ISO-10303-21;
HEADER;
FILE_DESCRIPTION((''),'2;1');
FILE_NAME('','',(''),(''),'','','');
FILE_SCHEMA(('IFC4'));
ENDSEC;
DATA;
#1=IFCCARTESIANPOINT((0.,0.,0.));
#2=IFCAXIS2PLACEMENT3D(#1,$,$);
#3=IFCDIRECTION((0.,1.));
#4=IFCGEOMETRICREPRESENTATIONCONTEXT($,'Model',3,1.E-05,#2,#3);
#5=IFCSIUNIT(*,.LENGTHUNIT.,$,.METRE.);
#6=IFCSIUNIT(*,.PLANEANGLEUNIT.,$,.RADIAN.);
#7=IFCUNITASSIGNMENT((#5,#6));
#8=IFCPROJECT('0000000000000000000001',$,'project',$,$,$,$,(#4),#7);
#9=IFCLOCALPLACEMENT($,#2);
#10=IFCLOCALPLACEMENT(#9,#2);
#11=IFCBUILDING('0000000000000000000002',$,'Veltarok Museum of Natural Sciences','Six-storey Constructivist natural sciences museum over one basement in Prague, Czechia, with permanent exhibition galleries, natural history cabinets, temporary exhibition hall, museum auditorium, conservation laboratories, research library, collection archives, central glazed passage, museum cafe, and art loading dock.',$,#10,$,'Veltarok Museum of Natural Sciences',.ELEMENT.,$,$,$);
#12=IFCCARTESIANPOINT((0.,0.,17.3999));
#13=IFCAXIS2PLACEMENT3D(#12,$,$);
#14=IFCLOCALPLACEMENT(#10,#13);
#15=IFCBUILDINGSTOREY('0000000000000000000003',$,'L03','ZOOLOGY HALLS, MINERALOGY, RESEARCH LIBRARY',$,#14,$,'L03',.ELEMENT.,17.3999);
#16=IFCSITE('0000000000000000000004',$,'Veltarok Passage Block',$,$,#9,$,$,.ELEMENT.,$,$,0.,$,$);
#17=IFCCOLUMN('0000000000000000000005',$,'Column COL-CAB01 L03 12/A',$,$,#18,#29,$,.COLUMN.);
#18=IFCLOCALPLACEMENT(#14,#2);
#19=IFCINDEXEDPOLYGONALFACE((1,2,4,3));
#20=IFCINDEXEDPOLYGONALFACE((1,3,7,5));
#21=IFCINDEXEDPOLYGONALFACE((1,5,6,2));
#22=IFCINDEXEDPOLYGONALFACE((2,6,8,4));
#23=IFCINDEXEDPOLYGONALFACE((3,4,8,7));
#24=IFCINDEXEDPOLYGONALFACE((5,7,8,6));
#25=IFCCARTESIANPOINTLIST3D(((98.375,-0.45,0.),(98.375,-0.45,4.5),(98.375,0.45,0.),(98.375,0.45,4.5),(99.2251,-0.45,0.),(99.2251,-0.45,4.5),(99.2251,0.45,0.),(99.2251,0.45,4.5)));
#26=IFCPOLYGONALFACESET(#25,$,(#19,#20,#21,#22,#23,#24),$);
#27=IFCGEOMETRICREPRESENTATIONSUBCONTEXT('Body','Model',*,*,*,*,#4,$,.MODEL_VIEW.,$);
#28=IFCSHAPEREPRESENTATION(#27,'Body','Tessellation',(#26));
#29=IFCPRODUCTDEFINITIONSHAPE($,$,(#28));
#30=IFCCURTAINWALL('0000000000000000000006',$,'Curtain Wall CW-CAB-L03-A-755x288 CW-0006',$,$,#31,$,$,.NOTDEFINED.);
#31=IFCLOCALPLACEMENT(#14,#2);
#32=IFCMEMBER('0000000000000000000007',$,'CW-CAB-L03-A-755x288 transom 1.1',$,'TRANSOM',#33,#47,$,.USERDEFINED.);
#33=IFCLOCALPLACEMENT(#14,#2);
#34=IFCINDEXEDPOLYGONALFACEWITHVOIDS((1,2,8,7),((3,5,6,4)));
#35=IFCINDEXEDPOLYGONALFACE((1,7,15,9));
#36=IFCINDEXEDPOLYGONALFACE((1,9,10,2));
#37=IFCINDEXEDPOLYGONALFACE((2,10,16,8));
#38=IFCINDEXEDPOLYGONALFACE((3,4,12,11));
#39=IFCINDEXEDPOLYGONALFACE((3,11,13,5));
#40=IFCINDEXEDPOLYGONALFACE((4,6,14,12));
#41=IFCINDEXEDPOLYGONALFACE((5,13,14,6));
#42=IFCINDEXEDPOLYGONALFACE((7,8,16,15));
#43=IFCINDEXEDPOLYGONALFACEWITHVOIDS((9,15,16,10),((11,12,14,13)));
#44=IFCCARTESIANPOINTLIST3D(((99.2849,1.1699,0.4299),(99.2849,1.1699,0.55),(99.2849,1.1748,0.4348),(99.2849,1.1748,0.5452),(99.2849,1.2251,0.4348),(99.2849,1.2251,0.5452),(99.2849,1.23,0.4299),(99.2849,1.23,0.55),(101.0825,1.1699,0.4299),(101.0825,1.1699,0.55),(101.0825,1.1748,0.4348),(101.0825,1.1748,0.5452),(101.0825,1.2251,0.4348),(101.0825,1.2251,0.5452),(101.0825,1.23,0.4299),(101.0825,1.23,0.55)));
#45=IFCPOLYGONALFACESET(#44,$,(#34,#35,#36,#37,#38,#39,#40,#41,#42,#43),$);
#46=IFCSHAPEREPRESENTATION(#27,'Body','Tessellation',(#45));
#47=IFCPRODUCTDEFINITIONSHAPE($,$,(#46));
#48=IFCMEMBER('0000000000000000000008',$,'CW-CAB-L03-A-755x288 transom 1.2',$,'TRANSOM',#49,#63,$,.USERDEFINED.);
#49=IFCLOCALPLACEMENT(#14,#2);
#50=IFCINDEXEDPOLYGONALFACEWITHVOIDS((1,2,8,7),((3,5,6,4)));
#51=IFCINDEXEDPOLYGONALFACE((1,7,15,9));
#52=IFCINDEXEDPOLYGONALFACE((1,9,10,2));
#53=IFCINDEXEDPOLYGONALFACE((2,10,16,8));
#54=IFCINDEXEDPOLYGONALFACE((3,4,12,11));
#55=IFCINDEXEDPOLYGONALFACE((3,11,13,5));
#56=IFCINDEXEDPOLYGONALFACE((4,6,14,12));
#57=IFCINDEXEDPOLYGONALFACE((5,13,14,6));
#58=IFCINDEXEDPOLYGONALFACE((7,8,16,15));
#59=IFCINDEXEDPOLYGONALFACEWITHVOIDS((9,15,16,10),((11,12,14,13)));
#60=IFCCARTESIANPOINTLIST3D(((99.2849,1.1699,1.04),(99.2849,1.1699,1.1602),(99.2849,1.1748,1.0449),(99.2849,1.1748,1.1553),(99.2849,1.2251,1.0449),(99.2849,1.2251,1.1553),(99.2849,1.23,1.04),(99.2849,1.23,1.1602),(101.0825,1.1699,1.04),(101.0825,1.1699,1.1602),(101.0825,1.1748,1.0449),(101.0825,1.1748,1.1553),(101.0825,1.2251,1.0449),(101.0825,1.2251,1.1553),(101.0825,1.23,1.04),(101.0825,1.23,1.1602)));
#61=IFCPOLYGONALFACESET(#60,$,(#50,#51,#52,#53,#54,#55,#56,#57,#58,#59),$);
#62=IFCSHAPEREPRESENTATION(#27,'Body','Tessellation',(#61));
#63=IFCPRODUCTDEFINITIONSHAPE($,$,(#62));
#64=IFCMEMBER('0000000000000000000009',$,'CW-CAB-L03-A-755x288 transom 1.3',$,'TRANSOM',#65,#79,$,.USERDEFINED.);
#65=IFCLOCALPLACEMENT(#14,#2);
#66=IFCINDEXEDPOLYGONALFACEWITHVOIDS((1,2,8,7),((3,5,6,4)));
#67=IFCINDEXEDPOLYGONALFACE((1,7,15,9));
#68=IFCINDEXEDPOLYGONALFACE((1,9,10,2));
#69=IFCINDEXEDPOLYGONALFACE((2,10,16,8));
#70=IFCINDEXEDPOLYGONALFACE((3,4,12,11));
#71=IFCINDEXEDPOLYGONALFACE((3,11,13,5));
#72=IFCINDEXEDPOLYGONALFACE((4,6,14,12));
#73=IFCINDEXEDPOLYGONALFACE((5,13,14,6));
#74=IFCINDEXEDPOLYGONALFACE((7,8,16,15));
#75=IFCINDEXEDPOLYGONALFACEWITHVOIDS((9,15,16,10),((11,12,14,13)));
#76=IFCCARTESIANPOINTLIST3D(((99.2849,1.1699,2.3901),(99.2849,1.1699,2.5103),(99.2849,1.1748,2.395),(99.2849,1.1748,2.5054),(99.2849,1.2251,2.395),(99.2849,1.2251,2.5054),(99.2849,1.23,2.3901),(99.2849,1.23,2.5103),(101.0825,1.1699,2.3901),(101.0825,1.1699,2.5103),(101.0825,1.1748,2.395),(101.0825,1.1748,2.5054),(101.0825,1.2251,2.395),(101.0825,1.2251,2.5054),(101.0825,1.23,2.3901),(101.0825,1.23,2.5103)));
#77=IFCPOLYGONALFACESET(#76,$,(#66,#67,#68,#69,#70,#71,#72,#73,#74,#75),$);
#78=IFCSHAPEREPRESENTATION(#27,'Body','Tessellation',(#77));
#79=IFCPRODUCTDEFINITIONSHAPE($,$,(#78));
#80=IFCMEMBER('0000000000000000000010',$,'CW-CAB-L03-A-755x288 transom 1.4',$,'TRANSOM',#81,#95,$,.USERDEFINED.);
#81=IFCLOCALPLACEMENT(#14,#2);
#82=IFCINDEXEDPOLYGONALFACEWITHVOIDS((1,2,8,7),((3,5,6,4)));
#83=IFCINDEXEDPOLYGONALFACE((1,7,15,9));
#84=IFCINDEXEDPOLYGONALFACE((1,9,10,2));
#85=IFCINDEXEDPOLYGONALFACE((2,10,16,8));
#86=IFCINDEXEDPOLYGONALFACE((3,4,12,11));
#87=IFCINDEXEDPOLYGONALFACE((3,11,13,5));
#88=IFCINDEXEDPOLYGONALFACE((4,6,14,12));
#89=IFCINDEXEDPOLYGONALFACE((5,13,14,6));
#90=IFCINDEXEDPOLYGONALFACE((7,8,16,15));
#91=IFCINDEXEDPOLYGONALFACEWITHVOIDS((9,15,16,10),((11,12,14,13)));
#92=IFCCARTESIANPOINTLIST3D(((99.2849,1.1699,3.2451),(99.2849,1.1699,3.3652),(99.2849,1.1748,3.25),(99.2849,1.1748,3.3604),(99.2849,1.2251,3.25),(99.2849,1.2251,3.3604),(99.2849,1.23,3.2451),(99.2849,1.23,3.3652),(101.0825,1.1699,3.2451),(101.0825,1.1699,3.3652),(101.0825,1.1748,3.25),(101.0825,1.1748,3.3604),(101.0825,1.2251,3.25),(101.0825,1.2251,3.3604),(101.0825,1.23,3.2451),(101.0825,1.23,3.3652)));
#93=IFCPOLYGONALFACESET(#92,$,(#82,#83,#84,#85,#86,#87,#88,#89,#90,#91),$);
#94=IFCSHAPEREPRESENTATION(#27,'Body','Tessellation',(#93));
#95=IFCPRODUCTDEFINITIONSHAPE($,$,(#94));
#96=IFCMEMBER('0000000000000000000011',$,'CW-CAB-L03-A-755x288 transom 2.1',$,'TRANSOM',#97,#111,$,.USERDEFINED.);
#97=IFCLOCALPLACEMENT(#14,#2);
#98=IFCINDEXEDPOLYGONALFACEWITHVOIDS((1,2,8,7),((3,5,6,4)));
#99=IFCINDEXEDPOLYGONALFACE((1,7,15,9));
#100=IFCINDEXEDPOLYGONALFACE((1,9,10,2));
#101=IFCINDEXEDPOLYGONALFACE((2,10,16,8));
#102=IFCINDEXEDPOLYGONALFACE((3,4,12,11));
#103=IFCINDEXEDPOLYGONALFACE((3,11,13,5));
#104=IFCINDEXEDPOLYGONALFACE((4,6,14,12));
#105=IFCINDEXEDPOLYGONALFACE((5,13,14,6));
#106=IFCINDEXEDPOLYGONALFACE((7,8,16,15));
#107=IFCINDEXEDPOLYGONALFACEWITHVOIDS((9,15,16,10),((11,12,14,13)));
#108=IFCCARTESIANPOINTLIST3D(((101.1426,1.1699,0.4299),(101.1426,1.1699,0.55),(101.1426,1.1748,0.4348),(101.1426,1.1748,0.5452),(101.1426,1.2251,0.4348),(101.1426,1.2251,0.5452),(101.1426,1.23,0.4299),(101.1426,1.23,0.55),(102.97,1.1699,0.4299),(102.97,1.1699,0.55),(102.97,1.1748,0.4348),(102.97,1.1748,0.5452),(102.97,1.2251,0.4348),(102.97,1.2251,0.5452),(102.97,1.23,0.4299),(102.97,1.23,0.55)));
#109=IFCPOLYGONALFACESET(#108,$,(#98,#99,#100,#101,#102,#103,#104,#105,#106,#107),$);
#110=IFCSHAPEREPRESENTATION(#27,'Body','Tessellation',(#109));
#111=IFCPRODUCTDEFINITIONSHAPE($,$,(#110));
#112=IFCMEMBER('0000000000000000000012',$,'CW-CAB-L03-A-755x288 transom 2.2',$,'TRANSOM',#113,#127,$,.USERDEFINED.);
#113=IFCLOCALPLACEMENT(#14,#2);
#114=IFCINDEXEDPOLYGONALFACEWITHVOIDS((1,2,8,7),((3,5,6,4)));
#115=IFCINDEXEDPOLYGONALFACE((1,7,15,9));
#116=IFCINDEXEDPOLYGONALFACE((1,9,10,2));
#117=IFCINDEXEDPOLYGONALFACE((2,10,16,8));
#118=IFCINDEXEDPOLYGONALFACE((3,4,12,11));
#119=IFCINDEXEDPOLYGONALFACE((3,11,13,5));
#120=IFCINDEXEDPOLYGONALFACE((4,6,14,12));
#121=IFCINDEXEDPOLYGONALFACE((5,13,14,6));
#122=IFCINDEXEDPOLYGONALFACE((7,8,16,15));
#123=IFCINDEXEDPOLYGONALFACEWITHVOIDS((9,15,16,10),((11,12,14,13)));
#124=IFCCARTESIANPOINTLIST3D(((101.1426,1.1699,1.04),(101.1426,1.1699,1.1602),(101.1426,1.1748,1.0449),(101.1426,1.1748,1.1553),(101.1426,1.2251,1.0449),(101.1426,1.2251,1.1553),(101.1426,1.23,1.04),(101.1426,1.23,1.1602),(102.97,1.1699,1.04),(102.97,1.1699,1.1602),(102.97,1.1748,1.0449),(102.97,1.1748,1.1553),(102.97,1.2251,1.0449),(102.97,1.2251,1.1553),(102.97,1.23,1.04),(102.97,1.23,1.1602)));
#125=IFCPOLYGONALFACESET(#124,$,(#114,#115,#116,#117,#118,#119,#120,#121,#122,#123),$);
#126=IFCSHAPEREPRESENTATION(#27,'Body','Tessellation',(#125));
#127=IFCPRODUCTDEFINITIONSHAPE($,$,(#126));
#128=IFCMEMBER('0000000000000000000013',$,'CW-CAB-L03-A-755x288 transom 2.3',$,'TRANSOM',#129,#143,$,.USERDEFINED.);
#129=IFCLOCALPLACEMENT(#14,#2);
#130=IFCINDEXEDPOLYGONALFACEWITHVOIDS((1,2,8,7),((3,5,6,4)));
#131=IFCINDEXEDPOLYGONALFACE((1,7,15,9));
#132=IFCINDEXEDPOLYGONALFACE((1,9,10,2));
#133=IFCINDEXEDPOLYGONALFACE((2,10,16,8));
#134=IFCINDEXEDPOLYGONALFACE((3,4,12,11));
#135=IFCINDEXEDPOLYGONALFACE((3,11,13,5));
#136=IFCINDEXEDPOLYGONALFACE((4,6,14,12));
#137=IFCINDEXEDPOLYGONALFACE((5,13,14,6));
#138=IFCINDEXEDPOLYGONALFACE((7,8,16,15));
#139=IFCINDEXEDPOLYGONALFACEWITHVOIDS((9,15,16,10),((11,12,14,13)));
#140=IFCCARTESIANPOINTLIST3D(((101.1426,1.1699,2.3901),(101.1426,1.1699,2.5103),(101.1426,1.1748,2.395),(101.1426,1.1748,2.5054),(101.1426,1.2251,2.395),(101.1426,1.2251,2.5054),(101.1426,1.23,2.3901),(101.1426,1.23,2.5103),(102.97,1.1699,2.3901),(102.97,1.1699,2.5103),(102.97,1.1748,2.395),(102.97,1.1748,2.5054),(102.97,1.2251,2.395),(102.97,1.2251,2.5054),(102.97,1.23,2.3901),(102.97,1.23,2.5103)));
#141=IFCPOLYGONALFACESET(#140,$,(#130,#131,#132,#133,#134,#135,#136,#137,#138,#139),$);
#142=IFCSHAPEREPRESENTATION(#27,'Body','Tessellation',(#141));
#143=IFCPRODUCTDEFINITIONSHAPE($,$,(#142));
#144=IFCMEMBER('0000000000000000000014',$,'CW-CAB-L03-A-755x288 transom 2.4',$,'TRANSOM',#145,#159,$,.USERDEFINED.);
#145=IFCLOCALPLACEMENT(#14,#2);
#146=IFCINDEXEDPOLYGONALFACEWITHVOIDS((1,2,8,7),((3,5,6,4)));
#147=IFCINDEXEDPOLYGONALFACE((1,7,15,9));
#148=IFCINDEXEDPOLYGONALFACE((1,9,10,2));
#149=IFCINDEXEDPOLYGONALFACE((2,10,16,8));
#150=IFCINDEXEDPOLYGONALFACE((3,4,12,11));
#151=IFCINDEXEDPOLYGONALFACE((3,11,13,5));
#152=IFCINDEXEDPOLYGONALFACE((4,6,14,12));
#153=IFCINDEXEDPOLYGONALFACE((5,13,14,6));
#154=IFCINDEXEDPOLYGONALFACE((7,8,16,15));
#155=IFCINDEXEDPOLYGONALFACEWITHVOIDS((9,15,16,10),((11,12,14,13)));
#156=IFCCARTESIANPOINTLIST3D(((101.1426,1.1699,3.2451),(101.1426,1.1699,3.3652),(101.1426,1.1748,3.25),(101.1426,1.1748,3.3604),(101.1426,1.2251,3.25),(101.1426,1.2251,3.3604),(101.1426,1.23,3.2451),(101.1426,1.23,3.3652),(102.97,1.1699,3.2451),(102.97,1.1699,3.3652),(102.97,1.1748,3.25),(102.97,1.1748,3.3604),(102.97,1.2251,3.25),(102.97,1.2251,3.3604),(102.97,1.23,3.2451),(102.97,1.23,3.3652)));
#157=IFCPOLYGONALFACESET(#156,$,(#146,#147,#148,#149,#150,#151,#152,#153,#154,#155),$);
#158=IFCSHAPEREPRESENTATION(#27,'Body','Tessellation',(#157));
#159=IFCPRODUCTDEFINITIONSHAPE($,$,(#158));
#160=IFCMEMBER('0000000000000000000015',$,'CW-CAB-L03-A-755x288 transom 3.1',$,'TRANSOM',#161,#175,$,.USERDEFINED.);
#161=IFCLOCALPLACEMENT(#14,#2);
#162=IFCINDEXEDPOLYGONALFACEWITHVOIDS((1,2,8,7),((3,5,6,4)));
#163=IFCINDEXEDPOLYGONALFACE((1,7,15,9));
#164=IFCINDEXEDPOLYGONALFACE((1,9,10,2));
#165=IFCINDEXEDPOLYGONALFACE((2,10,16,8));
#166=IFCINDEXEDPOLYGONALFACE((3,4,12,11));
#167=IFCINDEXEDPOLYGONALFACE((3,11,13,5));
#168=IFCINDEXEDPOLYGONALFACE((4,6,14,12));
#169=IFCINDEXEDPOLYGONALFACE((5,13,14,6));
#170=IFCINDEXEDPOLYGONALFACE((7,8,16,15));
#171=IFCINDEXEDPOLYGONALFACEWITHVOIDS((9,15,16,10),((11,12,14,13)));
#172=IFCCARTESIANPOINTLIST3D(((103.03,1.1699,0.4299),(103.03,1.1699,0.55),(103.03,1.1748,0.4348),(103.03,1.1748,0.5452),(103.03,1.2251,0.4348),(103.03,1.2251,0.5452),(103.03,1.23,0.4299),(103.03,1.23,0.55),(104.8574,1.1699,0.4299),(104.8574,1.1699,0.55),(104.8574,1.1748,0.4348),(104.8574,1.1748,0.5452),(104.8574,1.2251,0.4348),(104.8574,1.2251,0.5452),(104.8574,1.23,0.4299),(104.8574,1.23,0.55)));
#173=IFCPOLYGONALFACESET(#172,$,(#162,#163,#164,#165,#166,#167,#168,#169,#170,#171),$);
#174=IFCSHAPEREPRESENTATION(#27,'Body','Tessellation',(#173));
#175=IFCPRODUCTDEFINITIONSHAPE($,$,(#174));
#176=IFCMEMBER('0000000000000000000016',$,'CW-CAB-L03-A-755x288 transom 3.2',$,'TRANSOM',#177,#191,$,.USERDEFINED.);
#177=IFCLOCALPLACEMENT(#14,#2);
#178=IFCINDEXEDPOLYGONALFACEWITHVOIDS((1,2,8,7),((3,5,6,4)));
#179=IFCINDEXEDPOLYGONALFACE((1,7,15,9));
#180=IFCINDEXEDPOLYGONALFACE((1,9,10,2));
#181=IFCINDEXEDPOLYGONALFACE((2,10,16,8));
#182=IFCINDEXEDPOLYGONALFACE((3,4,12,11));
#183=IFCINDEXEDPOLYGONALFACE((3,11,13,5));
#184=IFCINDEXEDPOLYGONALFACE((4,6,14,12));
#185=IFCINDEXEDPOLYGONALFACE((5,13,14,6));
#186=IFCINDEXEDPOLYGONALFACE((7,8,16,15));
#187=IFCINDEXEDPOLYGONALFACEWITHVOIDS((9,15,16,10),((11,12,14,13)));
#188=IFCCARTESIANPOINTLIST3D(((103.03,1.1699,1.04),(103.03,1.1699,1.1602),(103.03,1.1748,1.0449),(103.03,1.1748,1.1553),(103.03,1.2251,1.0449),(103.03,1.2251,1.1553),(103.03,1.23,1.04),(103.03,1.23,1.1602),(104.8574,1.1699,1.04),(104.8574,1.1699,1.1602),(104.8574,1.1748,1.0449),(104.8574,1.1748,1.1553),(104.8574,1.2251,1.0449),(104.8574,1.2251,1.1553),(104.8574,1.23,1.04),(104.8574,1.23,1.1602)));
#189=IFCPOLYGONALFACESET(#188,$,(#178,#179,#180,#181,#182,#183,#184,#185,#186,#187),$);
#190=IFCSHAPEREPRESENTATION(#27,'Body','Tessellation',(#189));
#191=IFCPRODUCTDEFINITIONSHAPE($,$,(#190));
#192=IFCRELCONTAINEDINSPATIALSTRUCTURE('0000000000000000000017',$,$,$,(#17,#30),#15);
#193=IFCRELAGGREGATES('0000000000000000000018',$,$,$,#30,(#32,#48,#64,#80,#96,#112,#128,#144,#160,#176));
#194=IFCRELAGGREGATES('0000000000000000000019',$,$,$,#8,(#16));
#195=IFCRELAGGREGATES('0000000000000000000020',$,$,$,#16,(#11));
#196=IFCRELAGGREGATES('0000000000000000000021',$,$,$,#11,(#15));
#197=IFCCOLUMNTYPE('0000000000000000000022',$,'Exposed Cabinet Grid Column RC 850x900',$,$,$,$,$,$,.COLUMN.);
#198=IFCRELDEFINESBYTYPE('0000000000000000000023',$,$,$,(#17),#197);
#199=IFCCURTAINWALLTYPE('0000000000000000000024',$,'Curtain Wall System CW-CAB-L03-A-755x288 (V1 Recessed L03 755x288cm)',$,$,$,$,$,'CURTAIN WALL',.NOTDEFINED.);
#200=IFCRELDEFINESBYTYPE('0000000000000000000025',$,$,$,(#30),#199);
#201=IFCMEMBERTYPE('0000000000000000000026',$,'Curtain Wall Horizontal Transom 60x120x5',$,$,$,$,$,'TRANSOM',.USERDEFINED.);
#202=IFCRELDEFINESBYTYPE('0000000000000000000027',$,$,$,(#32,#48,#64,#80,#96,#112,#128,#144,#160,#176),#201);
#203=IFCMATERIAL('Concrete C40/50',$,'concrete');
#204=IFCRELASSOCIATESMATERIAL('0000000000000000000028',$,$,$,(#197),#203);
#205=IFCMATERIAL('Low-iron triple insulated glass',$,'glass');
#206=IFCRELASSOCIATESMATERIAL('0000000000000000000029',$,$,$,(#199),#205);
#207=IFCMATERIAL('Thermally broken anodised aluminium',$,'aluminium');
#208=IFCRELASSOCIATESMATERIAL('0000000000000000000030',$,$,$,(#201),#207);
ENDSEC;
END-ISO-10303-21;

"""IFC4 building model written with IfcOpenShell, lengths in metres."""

from ifc_helpers import new_model, si_unit, direction, frame, origin, origin_2d, place, context, subcontext, project, spatial, rectangle, hollow_rectangle, extrude, material, material_profile, profile_set, type_object, element, aggregate, save


model = new_model("IFC4")

# Units and contexts
model_context = context("Model", 3, precision=1e-05, world=origin(), true_north=direction((0.0, 1.0)))
body_context = subcontext(model_context, "Body", "Model", "MODEL_VIEW")
ifc_project = project(units=[si_unit("LENGTHUNIT", "METRE"), si_unit("PLANEANGLEUNIT", "RADIAN")], contexts=[model_context])

# Site, building, storey
site_placement = place(None, origin())
site = spatial("IfcSite", under=ifc_project, at=site_placement, Name="Veltarok Passage Block", CompositionType="ELEMENT", RefElevation=0.0)
building_placement = place(site_placement, origin())
building = spatial("IfcBuilding", under=site, at=building_placement, Name="Veltarok Museum of Natural Sciences", Description="Six-storey Constructivist natural sciences museum over one basement in Prague, Czechia, with permanent exhibition galleries, natural history cabinets, temporary exhibition hall, museum auditorium, conservation laboratories, research library, collection archives, central glazed passage, museum cafe, and art loading dock.", LongName="Veltarok Museum of Natural Sciences", CompositionType="ELEMENT")
storey_placement = place(building_placement, frame((0.0, 0.0, 17.3999)))
storey = spatial("IfcBuildingStorey", under=building, at=storey_placement, Name="L03", Description="ZOOLOGY HALLS, MINERALOGY, RESEARCH LIBRARY", LongName="L03", CompositionType="ELEMENT", Elevation=17.3999)

# Column
ifc_material_1 = material(Name="Concrete C40/50", Category="concrete")
ifc_material_profile_1 = material_profile(ifc_material_1, rectangle(XDim=0.8501, YDim=0.8999, at=origin_2d()), Name="RC 850x900")
ifc_profile_set_1 = profile_set([ifc_material_profile_1], Name="Concrete C40/50")
column_type = type_object("IfcColumnType", Name="Exposed Cabinet Grid Column RC 850x900", PredefinedType="COLUMN", material=ifc_profile_set_1)
column_placement = place(storey_placement, frame((98.8, 0.0, 0.0), z_axis=(0.0, 0.0, 1.0), x_axis=(1.0, 0.0, 0.0)))
element("IfcColumn", 1, at=column_placement, inside=storey, type_object=column_type, Name="Column COL-CAB01 L03 12/A", PredefinedType="COLUMN", context=body_context, shape_type="SweptSolid", body=[
    extrude(rectangle(XDim=0.8501, YDim=0.8999, at=origin_2d()), origin(), (0.0, 0.0, 1.0), 4.5),
])

# Curtain wall, members
ifc_material_2 = material(Name="Low-iron triple insulated glass", Category="glass")
curtain_wall_type = type_object("IfcCurtainWallType", Name="Curtain Wall System CW-CAB-L03-A-755x288 (V1 Recessed L03 755x288cm)", ElementType="CURTAIN WALL", PredefinedType="NOTDEFINED", material=ifc_material_2)
curtain_wall_placement = place(storey_placement, origin())
curtain_wall = element("IfcCurtainWall", 2, at=curtain_wall_placement, inside=storey, type_object=curtain_wall_type, Name="Curtain Wall CW-CAB-L03-A-755x288 CW-0006", PredefinedType="NOTDEFINED")
ifc_material_3 = material(Name="Thermally broken anodised aluminium", Category="aluminium")
ifc_material_profile_2 = material_profile(ifc_material_3, hollow_rectangle(XDim=0.0601, YDim=0.1201, WallThickness=0.0049, at=origin_2d()), Name="CW TRANSOM 60x120x5")
ifc_profile_set_2 = profile_set([ifc_material_profile_2], Name="Thermally broken anodised aluminium")
member_type_1 = type_object("IfcMemberType", Name="Curtain Wall Horizontal Transom 60x120x5", ElementType="TRANSOM", PredefinedType="USERDEFINED", material=ifc_profile_set_2)
member_1_placement = place(storey_placement, frame((99.2849, 1.2, 0.49), z_axis=(1.0, 0.0, 0.0), x_axis=(0.0, 1.0, 0.0)))
member_1 = element("IfcMember", 3, at=member_1_placement, type_object=member_type_1, Name="CW-CAB-L03-A-755x288 transom 1.1", ObjectType="TRANSOM", PredefinedType="USERDEFINED", context=body_context, shape_type="SweptSolid", body=[
    extrude(hollow_rectangle(XDim=0.0601, YDim=0.1201, WallThickness=0.0049, at=origin_2d()), origin(), (0.0, 0.0, 1.0), 1.7976),
])
member_2_placement = place(storey_placement, frame((99.2849, 1.2, 1.1001), z_axis=(1.0, 0.0, 0.0), x_axis=(0.0, 1.0, 0.0)))
member_2 = element("IfcMember", 4, at=member_2_placement, type_object=member_type_1, Name="CW-CAB-L03-A-755x288 transom 1.2", ObjectType="TRANSOM", PredefinedType="USERDEFINED", context=body_context, shape_type="SweptSolid", body=[
    extrude(hollow_rectangle(XDim=0.0601, YDim=0.1201, WallThickness=0.0049, at=origin_2d()), origin(), (0.0, 0.0, 1.0), 1.7976),
])
member_3_placement = place(storey_placement, frame((99.2849, 1.2, 2.4502), z_axis=(1.0, 0.0, 0.0), x_axis=(0.0, 1.0, 0.0)))
member_3 = element("IfcMember", 5, at=member_3_placement, type_object=member_type_1, Name="CW-CAB-L03-A-755x288 transom 1.3", ObjectType="TRANSOM", PredefinedType="USERDEFINED", context=body_context, shape_type="SweptSolid", body=[
    extrude(hollow_rectangle(XDim=0.0601, YDim=0.1201, WallThickness=0.0049, at=origin_2d()), origin(), (0.0, 0.0, 1.0), 1.7976),
])
member_4_placement = place(storey_placement, frame((99.2849, 1.2, 3.3052), z_axis=(1.0, 0.0, 0.0), x_axis=(0.0, 1.0, 0.0)))
member_4 = element("IfcMember", 6, at=member_4_placement, type_object=member_type_1, Name="CW-CAB-L03-A-755x288 transom 1.4", ObjectType="TRANSOM", PredefinedType="USERDEFINED", context=body_context, shape_type="SweptSolid", body=[
    extrude(hollow_rectangle(XDim=0.0601, YDim=0.1201, WallThickness=0.0049, at=origin_2d()), origin(), (0.0, 0.0, 1.0), 1.7976),
])
member_5_placement = place(storey_placement, frame((101.1426, 1.2, 0.49), z_axis=(1.0, 0.0, 0.0), x_axis=(0.0, 1.0, 0.0)))
member_5 = element("IfcMember", 7, at=member_5_placement, type_object=member_type_1, Name="CW-CAB-L03-A-755x288 transom 2.1", ObjectType="TRANSOM", PredefinedType="USERDEFINED", context=body_context, shape_type="SweptSolid", body=[
    extrude(hollow_rectangle(XDim=0.0601, YDim=0.1201, WallThickness=0.0049, at=origin_2d()), origin(), (0.0, 0.0, 1.0), 1.8274),
])
member_6_placement = place(storey_placement, frame((101.1426, 1.2, 1.1001), z_axis=(1.0, 0.0, 0.0), x_axis=(0.0, 1.0, 0.0)))
member_6 = element("IfcMember", 8, at=member_6_placement, type_object=member_type_1, Name="CW-CAB-L03-A-755x288 transom 2.2", ObjectType="TRANSOM", PredefinedType="USERDEFINED", context=body_context, shape_type="SweptSolid", body=[
    extrude(hollow_rectangle(XDim=0.0601, YDim=0.1201, WallThickness=0.0049, at=origin_2d()), origin(), (0.0, 0.0, 1.0), 1.8274),
])
member_7_placement = place(storey_placement, frame((101.1426, 1.2, 2.4502), z_axis=(1.0, 0.0, 0.0), x_axis=(0.0, 1.0, 0.0)))
member_7 = element("IfcMember", 9, at=member_7_placement, type_object=member_type_1, Name="CW-CAB-L03-A-755x288 transom 2.3", ObjectType="TRANSOM", PredefinedType="USERDEFINED", context=body_context, shape_type="SweptSolid", body=[
    extrude(hollow_rectangle(XDim=0.0601, YDim=0.1201, WallThickness=0.0049, at=origin_2d()), origin(), (0.0, 0.0, 1.0), 1.8274),
])
member_8_placement = place(storey_placement, frame((101.1426, 1.2, 3.3052), z_axis=(1.0, 0.0, 0.0), x_axis=(0.0, 1.0, 0.0)))
member_8 = element("IfcMember", 10, at=member_8_placement, type_object=member_type_1, Name="CW-CAB-L03-A-755x288 transom 2.4", ObjectType="TRANSOM", PredefinedType="USERDEFINED", context=body_context, shape_type="SweptSolid", body=[
    extrude(hollow_rectangle(XDim=0.0601, YDim=0.1201, WallThickness=0.0049, at=origin_2d()), origin(), (0.0, 0.0, 1.0), 1.8274),
])
member_9_placement = place(storey_placement, frame((103.03, 1.2, 0.49), z_axis=(1.0, 0.0, 0.0), x_axis=(0.0, 1.0, 0.0)))
member_9 = element("IfcMember", 11, at=member_9_placement, type_object=member_type_1, Name="CW-CAB-L03-A-755x288 transom 3.1", ObjectType="TRANSOM", PredefinedType="USERDEFINED", context=body_context, shape_type="SweptSolid", body=[
    extrude(hollow_rectangle(XDim=0.0601, YDim=0.1201, WallThickness=0.0049, at=origin_2d()), origin(), (0.0, 0.0, 1.0), 1.8274),
])
member_10_placement = place(storey_placement, frame((103.03, 1.2, 1.1001), z_axis=(1.0, 0.0, 0.0), x_axis=(0.0, 1.0, 0.0)))
member_10 = element("IfcMember", 12, at=member_10_placement, type_object=member_type_1, Name="CW-CAB-L03-A-755x288 transom 3.2", ObjectType="TRANSOM", PredefinedType="USERDEFINED", context=body_context, shape_type="SweptSolid", body=[
    extrude(hollow_rectangle(XDim=0.0601, YDim=0.1201, WallThickness=0.0049, at=origin_2d()), origin(), (0.0, 0.0, 1.0), 1.8274),
])

aggregate(curtain_wall, [member_1, member_2, member_3, member_4, member_5, member_6, member_7, member_8, member_9, member_10])

save(model, "model.ifc")
